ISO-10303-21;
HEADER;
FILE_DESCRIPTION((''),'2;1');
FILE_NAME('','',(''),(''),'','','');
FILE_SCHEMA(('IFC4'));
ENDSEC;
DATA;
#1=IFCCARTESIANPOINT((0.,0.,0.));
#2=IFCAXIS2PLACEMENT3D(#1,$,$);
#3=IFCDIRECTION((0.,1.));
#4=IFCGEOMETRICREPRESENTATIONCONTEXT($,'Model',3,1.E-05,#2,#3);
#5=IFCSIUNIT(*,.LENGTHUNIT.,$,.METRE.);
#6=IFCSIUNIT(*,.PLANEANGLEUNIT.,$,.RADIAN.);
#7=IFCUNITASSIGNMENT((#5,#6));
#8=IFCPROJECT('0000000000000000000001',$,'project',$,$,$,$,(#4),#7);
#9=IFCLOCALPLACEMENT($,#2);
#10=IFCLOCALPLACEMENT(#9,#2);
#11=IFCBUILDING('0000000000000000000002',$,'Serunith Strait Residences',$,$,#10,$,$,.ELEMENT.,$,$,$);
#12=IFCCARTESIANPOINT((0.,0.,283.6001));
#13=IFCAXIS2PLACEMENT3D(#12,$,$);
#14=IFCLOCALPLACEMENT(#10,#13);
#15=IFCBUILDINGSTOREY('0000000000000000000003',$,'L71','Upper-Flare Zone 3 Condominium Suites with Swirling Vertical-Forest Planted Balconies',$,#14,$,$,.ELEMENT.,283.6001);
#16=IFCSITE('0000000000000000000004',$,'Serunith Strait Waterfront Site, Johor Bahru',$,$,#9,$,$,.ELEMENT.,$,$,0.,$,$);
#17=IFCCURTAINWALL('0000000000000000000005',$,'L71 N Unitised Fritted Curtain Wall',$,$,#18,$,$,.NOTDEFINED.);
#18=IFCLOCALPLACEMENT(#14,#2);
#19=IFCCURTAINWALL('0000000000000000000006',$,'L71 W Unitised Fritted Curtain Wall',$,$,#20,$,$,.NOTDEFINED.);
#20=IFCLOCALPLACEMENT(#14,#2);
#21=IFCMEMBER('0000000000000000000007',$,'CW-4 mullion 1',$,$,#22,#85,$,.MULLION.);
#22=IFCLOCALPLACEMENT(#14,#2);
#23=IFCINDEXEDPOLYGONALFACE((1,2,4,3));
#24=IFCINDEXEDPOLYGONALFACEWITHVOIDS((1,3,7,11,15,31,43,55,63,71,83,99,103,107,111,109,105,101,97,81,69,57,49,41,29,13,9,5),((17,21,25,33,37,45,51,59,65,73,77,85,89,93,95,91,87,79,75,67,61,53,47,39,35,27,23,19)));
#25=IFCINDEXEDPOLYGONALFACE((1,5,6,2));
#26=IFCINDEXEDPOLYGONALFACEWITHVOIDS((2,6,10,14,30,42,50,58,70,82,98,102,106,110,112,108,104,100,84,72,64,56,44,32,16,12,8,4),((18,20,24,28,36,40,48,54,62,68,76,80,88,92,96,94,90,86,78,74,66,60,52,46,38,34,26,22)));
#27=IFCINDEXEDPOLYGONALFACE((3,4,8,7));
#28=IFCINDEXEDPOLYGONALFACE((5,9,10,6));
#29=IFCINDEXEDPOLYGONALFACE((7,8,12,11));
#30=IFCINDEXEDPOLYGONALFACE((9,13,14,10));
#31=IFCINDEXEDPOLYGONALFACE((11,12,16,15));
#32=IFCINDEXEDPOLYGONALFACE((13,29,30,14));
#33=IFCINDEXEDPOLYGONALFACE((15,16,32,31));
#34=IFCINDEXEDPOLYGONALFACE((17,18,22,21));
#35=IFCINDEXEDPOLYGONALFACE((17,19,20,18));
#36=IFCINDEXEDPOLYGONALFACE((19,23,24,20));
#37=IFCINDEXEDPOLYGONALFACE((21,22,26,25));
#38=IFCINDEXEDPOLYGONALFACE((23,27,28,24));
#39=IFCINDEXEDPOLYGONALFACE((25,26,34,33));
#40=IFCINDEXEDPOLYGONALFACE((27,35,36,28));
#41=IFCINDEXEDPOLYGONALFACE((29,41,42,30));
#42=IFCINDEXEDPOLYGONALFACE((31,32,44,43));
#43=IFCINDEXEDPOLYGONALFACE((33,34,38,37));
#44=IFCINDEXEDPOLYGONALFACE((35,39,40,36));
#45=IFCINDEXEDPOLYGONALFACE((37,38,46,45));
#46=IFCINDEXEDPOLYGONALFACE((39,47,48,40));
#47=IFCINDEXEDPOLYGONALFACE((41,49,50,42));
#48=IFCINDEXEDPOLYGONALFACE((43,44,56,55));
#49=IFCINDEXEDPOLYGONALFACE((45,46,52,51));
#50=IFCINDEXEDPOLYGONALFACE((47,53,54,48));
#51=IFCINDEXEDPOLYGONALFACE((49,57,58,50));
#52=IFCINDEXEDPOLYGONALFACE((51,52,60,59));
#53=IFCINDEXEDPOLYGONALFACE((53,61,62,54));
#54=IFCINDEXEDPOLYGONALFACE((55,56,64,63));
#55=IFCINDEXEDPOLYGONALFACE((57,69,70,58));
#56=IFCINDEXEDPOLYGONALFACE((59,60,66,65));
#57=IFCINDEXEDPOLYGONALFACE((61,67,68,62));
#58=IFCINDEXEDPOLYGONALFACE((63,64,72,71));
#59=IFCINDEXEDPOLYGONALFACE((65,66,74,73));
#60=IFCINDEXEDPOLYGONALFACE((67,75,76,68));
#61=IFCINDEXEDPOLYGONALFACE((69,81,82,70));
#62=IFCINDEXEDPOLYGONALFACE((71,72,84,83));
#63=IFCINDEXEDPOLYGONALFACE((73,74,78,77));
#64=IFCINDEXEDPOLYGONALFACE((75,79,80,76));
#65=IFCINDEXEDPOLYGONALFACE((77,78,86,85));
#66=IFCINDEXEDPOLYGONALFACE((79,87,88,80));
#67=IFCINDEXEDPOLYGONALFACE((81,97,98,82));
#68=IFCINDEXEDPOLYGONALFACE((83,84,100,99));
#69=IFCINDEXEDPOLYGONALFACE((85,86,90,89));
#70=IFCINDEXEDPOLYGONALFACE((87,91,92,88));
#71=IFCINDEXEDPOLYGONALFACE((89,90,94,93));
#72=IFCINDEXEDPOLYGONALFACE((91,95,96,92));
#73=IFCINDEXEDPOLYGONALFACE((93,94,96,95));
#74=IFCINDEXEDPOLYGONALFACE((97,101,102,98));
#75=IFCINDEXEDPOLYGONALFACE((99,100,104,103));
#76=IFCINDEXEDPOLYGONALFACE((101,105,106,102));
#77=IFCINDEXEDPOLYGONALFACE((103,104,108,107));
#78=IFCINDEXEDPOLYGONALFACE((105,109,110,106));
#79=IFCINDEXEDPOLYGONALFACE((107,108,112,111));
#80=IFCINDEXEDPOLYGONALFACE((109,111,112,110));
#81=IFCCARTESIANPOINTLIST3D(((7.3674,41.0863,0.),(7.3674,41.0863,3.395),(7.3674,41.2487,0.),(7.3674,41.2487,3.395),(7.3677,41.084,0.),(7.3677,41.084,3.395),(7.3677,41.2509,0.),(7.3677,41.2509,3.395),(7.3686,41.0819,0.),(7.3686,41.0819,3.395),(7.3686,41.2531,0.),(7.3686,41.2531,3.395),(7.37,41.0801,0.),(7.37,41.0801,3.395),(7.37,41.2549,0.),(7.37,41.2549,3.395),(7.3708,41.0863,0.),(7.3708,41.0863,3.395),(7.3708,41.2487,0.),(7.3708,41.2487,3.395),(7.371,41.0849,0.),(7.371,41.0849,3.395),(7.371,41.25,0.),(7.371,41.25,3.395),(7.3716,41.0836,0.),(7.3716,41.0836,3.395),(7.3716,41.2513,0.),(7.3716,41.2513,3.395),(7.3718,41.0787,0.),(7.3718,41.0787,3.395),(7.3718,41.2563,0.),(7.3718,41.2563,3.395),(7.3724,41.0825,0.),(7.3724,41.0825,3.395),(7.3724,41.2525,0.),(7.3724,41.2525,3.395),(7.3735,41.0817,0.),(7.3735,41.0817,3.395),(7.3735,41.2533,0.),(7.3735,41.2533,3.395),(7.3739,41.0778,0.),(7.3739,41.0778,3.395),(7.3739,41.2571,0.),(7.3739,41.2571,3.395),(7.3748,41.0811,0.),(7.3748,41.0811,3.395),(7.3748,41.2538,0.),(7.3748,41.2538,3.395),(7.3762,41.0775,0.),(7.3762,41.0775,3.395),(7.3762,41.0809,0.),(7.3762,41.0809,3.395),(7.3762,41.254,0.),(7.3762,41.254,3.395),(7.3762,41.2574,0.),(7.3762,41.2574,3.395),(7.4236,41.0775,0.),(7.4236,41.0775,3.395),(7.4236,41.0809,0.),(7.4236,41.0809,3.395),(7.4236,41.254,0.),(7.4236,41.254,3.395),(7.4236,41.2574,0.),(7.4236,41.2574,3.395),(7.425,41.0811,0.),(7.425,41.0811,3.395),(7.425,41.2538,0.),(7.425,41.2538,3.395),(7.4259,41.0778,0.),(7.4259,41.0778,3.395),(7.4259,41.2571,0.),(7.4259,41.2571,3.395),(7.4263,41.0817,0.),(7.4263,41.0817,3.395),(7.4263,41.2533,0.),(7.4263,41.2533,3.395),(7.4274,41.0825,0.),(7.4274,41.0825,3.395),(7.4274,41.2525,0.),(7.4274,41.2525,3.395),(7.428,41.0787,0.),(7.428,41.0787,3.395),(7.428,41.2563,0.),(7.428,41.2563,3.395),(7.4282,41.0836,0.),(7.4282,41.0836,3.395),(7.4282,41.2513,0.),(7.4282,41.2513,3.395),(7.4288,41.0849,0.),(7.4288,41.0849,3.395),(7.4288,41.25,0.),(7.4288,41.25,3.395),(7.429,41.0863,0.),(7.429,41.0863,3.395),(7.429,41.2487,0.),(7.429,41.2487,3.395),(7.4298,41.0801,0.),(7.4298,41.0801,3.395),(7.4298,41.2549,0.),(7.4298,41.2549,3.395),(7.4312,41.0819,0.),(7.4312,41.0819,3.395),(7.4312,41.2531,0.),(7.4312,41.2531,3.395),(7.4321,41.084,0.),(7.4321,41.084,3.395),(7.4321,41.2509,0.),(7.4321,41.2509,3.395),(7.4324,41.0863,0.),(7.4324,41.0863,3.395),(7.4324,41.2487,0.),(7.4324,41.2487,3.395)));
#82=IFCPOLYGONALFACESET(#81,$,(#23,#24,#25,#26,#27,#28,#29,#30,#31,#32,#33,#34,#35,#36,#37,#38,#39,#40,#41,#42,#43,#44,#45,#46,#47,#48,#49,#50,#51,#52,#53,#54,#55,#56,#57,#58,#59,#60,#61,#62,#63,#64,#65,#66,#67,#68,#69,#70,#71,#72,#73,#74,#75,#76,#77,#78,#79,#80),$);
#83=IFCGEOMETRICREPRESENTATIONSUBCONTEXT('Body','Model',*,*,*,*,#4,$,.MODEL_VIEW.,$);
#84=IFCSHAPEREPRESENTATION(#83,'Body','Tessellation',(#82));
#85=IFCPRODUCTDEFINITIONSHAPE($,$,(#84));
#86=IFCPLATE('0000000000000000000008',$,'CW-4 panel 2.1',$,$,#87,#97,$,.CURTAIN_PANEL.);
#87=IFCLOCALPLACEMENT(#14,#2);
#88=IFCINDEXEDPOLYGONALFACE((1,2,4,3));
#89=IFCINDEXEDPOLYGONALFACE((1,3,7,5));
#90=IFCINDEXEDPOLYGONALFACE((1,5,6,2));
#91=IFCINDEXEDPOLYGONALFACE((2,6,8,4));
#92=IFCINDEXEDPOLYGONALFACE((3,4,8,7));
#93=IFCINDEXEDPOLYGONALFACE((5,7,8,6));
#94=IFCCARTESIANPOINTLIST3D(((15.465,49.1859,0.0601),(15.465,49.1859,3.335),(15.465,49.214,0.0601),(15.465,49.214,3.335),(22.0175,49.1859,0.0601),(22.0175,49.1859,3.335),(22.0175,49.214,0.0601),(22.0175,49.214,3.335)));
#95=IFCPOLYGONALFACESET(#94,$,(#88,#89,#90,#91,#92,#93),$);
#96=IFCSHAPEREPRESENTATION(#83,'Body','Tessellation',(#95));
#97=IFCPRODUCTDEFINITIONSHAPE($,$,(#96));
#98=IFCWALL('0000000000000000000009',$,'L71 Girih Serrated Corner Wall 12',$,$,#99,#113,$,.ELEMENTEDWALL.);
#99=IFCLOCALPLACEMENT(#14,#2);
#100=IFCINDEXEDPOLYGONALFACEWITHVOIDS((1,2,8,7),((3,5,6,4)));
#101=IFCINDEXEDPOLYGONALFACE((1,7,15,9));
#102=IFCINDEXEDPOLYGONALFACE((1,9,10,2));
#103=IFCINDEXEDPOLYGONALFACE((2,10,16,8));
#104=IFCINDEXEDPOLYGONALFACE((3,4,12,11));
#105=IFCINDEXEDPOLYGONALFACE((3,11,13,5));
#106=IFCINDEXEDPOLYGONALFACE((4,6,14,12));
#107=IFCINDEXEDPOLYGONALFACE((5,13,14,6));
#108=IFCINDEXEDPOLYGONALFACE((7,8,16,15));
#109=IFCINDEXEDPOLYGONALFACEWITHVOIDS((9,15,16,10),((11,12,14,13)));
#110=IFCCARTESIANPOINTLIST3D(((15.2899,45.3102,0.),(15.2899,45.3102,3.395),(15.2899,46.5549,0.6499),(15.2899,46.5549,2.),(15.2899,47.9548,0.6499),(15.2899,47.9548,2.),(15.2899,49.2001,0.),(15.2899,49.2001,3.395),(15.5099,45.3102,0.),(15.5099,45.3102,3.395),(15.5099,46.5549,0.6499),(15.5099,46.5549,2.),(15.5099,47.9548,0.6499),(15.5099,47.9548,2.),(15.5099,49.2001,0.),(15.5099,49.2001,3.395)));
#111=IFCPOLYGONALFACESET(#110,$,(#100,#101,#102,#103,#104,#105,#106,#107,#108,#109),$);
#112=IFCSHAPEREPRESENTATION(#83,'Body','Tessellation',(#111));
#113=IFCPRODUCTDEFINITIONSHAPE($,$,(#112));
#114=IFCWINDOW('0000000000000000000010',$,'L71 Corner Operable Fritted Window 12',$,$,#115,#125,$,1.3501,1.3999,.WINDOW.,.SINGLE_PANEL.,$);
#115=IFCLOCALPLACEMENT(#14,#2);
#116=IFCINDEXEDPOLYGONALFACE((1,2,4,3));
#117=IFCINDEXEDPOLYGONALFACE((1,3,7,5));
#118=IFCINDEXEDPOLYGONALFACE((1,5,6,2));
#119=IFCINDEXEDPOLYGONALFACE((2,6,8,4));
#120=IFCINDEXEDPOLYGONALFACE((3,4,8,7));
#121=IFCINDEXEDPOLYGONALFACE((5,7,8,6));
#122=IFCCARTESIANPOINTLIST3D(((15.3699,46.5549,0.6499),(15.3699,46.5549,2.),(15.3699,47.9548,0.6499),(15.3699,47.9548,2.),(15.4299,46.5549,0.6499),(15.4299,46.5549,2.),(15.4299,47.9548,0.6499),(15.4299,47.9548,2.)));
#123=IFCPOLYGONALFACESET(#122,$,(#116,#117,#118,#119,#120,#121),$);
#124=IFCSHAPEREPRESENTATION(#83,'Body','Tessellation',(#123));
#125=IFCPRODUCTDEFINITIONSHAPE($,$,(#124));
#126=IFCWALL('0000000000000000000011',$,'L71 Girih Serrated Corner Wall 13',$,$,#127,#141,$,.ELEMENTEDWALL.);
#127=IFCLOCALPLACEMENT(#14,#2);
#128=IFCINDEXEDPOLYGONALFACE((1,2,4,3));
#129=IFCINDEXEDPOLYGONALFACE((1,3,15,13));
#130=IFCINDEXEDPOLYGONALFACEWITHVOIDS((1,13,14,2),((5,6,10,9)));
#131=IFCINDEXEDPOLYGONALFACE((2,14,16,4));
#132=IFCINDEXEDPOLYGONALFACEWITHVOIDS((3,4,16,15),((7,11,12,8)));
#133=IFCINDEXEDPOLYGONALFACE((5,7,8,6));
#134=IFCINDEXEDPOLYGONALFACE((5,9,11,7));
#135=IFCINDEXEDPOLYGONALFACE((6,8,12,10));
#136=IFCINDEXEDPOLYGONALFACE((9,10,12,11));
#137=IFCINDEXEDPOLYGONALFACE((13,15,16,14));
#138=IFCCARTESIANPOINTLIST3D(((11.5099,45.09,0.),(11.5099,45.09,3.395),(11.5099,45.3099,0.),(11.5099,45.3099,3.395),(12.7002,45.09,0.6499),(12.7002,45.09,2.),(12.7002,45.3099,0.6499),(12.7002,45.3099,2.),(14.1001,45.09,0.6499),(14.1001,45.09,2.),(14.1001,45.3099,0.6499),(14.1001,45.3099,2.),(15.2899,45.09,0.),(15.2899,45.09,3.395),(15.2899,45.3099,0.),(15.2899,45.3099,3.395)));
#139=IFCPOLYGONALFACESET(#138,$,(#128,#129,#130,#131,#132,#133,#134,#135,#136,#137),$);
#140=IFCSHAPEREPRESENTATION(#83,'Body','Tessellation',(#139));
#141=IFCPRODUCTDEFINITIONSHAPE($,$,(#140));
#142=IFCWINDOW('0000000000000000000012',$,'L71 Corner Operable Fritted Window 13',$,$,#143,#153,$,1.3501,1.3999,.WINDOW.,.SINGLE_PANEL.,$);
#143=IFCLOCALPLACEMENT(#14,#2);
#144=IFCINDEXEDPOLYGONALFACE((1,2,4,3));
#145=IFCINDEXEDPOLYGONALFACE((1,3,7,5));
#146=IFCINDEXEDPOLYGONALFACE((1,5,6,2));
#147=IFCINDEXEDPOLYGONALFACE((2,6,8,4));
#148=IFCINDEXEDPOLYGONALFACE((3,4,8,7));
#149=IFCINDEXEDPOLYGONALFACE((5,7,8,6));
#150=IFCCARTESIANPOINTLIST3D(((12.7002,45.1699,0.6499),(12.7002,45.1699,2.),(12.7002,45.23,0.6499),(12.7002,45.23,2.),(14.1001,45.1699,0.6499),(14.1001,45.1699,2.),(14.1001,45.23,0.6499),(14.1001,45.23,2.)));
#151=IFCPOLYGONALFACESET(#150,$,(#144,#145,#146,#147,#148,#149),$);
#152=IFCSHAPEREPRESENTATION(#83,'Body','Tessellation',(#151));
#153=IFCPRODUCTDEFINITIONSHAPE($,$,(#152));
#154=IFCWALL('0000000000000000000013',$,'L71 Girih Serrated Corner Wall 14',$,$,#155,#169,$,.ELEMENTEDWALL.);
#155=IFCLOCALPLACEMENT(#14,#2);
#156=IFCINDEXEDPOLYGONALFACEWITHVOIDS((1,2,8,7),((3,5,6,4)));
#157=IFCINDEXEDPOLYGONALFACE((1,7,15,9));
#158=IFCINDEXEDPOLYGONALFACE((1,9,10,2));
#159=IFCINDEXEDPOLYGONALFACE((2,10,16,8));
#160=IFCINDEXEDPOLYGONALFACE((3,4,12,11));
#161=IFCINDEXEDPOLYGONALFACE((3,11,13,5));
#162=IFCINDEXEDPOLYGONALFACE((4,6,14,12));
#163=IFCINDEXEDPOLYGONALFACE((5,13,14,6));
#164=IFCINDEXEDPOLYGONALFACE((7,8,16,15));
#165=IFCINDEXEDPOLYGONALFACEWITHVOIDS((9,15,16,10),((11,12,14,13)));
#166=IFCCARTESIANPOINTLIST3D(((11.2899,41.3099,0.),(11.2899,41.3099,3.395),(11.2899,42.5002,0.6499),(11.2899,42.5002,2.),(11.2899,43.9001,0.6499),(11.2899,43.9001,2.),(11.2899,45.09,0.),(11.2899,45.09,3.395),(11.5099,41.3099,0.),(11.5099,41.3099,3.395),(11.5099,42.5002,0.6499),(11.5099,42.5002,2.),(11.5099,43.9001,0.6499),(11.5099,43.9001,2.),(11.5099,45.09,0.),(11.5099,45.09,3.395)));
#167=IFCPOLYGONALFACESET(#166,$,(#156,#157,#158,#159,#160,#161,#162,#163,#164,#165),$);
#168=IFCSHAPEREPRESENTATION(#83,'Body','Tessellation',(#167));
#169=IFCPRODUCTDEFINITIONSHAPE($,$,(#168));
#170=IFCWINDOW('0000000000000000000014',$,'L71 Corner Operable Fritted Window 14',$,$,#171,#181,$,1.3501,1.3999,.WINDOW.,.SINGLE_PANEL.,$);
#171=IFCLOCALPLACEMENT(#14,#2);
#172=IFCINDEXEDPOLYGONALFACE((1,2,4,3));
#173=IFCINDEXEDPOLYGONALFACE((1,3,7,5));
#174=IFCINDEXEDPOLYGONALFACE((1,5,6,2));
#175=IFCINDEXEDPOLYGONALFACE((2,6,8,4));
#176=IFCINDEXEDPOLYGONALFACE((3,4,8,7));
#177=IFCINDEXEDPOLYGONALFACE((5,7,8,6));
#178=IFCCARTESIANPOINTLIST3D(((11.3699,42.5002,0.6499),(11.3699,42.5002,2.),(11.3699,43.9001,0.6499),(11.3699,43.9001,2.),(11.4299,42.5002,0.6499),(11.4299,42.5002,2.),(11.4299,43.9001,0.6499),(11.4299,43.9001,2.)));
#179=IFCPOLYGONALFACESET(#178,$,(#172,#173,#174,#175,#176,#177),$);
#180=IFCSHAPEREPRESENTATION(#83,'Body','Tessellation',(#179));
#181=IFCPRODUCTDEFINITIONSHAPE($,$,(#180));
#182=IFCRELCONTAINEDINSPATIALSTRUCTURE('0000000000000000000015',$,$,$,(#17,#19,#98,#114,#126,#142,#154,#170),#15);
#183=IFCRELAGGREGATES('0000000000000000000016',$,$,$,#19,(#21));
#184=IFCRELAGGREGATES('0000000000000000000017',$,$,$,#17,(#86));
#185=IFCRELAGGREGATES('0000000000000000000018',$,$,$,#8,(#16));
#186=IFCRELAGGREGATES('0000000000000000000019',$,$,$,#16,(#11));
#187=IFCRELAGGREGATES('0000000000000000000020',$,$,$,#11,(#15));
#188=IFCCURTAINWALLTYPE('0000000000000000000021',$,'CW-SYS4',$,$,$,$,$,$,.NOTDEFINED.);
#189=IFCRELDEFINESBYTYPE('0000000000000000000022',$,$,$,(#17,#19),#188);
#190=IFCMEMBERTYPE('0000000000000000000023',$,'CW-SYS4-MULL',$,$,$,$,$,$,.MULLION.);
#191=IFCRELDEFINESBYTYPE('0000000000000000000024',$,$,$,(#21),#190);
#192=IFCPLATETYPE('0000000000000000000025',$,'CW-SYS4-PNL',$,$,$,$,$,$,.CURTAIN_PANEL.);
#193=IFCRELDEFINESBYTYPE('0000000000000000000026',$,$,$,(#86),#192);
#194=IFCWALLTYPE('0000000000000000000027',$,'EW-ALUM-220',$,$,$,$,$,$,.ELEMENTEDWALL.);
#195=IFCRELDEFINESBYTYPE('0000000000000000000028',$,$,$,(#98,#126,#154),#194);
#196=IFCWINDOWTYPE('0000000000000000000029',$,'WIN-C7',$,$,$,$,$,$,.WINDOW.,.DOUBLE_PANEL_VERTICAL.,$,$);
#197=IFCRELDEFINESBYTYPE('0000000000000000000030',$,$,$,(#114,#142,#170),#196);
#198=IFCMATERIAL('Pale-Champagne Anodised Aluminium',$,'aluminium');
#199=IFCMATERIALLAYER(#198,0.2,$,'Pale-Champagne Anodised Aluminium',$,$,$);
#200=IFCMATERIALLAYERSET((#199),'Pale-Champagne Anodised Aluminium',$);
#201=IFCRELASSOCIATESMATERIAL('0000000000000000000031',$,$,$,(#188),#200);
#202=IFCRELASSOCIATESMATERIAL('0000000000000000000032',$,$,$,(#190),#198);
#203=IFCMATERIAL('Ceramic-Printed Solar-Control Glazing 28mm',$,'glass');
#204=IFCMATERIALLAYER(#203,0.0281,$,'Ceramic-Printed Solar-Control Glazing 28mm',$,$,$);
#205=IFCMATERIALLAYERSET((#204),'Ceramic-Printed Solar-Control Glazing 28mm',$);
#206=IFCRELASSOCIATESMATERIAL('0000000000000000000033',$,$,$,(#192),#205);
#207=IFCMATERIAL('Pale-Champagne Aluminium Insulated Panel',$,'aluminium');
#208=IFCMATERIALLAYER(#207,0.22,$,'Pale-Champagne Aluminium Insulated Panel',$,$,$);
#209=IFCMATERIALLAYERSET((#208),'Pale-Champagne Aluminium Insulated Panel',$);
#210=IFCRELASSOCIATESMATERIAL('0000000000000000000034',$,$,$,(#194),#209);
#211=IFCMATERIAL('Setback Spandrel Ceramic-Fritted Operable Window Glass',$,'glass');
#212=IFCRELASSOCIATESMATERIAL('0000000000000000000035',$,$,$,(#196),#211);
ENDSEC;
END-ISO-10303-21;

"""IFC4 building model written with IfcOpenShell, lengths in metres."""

from ifc_helpers import new_model, si_unit, direction, frame, frame_2d, origin, origin_2d, place, context, subcontext, project, spatial, rectangle, hollow_rectangle, extrude, source, transform, mapped, material, layer, layer_set, material_profile, profile_set, type_object, element, fill, aggregate, save


model = new_model("IFC4")

# Units and contexts
model_context = context("Model", 3, precision=1e-05, world=origin(), true_north=direction((0.0, 1.0)))
body_context = subcontext(model_context, "Body", "Model", "MODEL_VIEW")
ifc_project = project(units=[si_unit("LENGTHUNIT", "METRE"), si_unit("PLANEANGLEUNIT", "RADIAN")], contexts=[model_context])

# Site, building, storey
site_placement = place(None, origin())
site = spatial("IfcSite", under=ifc_project, at=site_placement, Name="Serunith Strait Waterfront Site, Johor Bahru", CompositionType="ELEMENT", RefElevation=0.0)
building_placement = place(site_placement, origin())
building = spatial("IfcBuilding", under=site, at=building_placement, Name="Serunith Strait Residences", CompositionType="ELEMENT")
storey_placement = place(building_placement, frame((0.0, 0.0, 283.6001)))
storey = spatial("IfcBuildingStorey", under=building, at=storey_placement, Name="L71", Description="Upper-Flare Zone 3 Condominium Suites with Swirling Vertical-Forest Planted Balconies", CompositionType="ELEMENT", Elevation=283.6001)

# Curtain walls
ifc_material_1 = material(Name="Pale-Champagne Anodised Aluminium", Category="aluminium")
ifc_layer_1 = layer(ifc_material_1, 0.2, Name="Pale-Champagne Anodised Aluminium")
ifc_layer_set_1 = layer_set([ifc_layer_1], Name="Pale-Champagne Anodised Aluminium")
curtain_wall_type = type_object("IfcCurtainWallType", Name="CW-SYS4", PredefinedType="NOTDEFINED", material=ifc_layer_set_1)
curtain_wall_1_placement = place(storey_placement, origin())
curtain_wall_1 = element("IfcCurtainWall", 1, at=curtain_wall_1_placement, inside=storey, type_object=curtain_wall_type, Name="L71 N Unitised Fritted Curtain Wall", PredefinedType="NOTDEFINED")
curtain_wall_2_placement = place(storey_placement, origin())
curtain_wall_2 = element("IfcCurtainWall", 2, at=curtain_wall_2_placement, inside=storey, type_object=curtain_wall_type, Name="L71 W Unitised Fritted Curtain Wall", PredefinedType="NOTDEFINED")

# Member
ifc_material_profile_1 = material_profile(ifc_material_1, hollow_rectangle(XDim=0.0649, YDim=0.1799, WallThickness=0.0034, InnerFilletRadius=0.0054, OuterFilletRadius=0.0088, at=origin_2d()), Name="ALU 180x65x3.5")
ifc_profile_set_1 = profile_set([ifc_material_profile_1], Name="Pale-Champagne Anodised Aluminium")
member_type_1 = type_object("IfcMemberType", Name="CW-SYS4-MULL", PredefinedType="MULLION", material=ifc_profile_set_1)
shared_shape_1 = source(origin(), body_context, "Body", "SweptSolid", [
    extrude(hollow_rectangle(XDim=0.0649, YDim=0.1799, WallThickness=0.0034, InnerFilletRadius=0.0054, OuterFilletRadius=0.0088, at=origin_2d()), origin(), (0.0, 0.0, 1.0), 3.395),
])
member_1_placement = place(storey_placement, frame((7.3999, 41.1675, 0.0), z_axis=(0.0, 0.0, 1.0), x_axis=(1.0, 0.0, 0.0)))
member_1 = element("IfcMember", 3, at=member_1_placement, type_object=member_type_1, Name="CW-4 mullion 1", PredefinedType="MULLION", context=body_context, shape_type="MappedRepresentation", body=[
    mapped(shared_shape_1, transform((0.0, 0.0, 0.0), scale=1.0)),
])
aggregate(curtain_wall_2, [member_1])

# Plate
ifc_material_2 = material(Name="Ceramic-Printed Solar-Control Glazing 28mm", Category="glass")
ifc_layer_2 = layer(ifc_material_2, 0.0281, Name="Ceramic-Printed Solar-Control Glazing 28mm")
ifc_layer_set_2 = layer_set([ifc_layer_2], Name="Ceramic-Printed Solar-Control Glazing 28mm")
plate_type = type_object("IfcPlateType", Name="CW-SYS4-PNL", PredefinedType="CURTAIN_PANEL", material=ifc_layer_set_2)
shared_shape_2 = source(origin(), body_context, "Body", "SweptSolid", [
    extrude(rectangle(XDim=6.5525, YDim=0.0281, at=origin_2d()), origin(), (0.0, 0.0, 1.0), 3.2749),
])
plate_placement = place(storey_placement, frame((18.7412, 49.2, 0.0601), z_axis=(0.0, 0.0, 1.0), x_axis=(-1.0, 0.0, 0.0)))
plate = element("IfcPlate", 4, at=plate_placement, type_object=plate_type, Name="CW-4 panel 2.1", PredefinedType="CURTAIN_PANEL", context=body_context, shape_type="MappedRepresentation", body=[
    mapped(shared_shape_2, transform((0.0, 0.0, 0.0), scale=1.0)),
])
aggregate(curtain_wall_1, [plate])

# Walls, openings, windows
ifc_material_3 = material(Name="Pale-Champagne Aluminium Insulated Panel", Category="aluminium")
ifc_layer_3 = layer(ifc_material_3, 0.22, Name="Pale-Champagne Aluminium Insulated Panel")
ifc_layer_set_3 = layer_set([ifc_layer_3], Name="Pale-Champagne Aluminium Insulated Panel")
wall_type = type_object("IfcWallType", Name="EW-ALUM-220", PredefinedType="ELEMENTEDWALL", material=ifc_layer_set_3)
wall_1_placement = place(storey_placement, frame((15.3999, 49.2, 0.0), z_axis=(0.0, 0.0, 1.0), x_axis=(0.0, -1.0, 0.0)))
wall_1 = element("IfcWall", 5, at=wall_1_placement, inside=storey, type_object=wall_type, Name="L71 Girih Serrated Corner Wall 12", PredefinedType="ELEMENTEDWALL", context=body_context, shape_type="SweptSolid", body=[
    extrude(rectangle(XDim=3.8899, YDim=0.22, at=frame_2d((1.9448, 0.0))), origin(), (0.0, 0.0, 1.0), 3.395),
])
opening_1_placement = place(wall_1_placement, frame((1.2451, 0.0, 0.6499)))
opening_1 = element("IfcOpeningElement", 6, at=opening_1_placement, cuts=wall_1, PredefinedType="OPENING", context=body_context, shape_type="SweptSolid", body=[
    extrude(rectangle(XDim=1.3999, YDim=1.3501, at=frame_2d((0.7, 0.675))), frame((0.0, 0.1201, 0.0), z_axis=(0.0, -1.0, 0.0), x_axis=(1.0, 0.0, 0.0)), (0.0, 0.0, 1.0), 0.24),
])
ifc_material_4 = material(Name="Setback Spandrel Ceramic-Fritted Operable Window Glass", Category="glass")
window_type = type_object("IfcWindowType", Name="WIN-C7", PartitioningType="DOUBLE_PANEL_VERTICAL", PredefinedType="WINDOW", material=ifc_material_4)
shared_shape_3 = source(origin(), body_context, "Body", "SweptSolid", [
    extrude(rectangle(XDim=1.3999, YDim=1.3501, at=frame_2d((0.7, 0.675))), frame((0.0, 0.03, 0.0), z_axis=(0.0, -1.0, 0.0), x_axis=(1.0, 0.0, 0.0)), (0.0, 0.0, 1.0), 0.0601),
])
window_1_placement = place(opening_1_placement, origin())
window_1 = element("IfcWindow", 7, at=window_1_placement, inside=storey, type_object=window_type, Name="L71 Corner Operable Fritted Window 12", OverallHeight=1.3501, OverallWidth=1.3999, PartitioningType="SINGLE_PANEL", PredefinedType="WINDOW", context=body_context, shape_type="MappedRepresentation", body=[
    mapped(shared_shape_3, transform((0.0, 0.0, 0.0), scale=1.0)),
])
fill(opening_1, window_1)
wall_2_placement = place(storey_placement, frame((15.29, 45.2, 0.0), z_axis=(0.0, 0.0, 1.0), x_axis=(-1.0, 0.0, 0.0)))
wall_2 = element("IfcWall", 8, at=wall_2_placement, inside=storey, type_object=wall_type, Name="L71 Girih Serrated Corner Wall 13", PredefinedType="ELEMENTEDWALL", context=body_context, shape_type="SweptSolid", body=[
    extrude(rectangle(XDim=3.78, YDim=0.22, at=frame_2d((1.8901, 0.0))), origin(), (0.0, 0.0, 1.0), 3.395),
])
opening_2_placement = place(wall_2_placement, frame((1.1899, 0.0, 0.6499)))
opening_2 = element("IfcOpeningElement", 9, at=opening_2_placement, cuts=wall_2, PredefinedType="OPENING", context=body_context, shape_type="SweptSolid", body=[
    extrude(rectangle(XDim=1.3999, YDim=1.3501, at=frame_2d((0.7, 0.675))), frame((0.0, 0.1201, 0.0), z_axis=(0.0, -1.0, 0.0), x_axis=(1.0, 0.0, 0.0)), (0.0, 0.0, 1.0), 0.24),
])
window_2_placement = place(opening_2_placement, origin())
window_2 = element("IfcWindow", 10, at=window_2_placement, inside=storey, type_object=window_type, Name="L71 Corner Operable Fritted Window 13", OverallHeight=1.3501, OverallWidth=1.3999, PartitioningType="SINGLE_PANEL", PredefinedType="WINDOW", context=body_context, shape_type="MappedRepresentation", body=[
    mapped(shared_shape_3, transform((0.0, 0.0, 0.0), scale=1.0)),
])
fill(opening_2, window_2)
wall_3_placement = place(storey_placement, frame((11.3999, 45.0901, 0.0), z_axis=(0.0, 0.0, 1.0), x_axis=(0.0, -1.0, 0.0)))
wall_3 = element("IfcWall", 11, at=wall_3_placement, inside=storey, type_object=wall_type, Name="L71 Girih Serrated Corner Wall 14", PredefinedType="ELEMENTEDWALL", context=body_context, shape_type="SweptSolid", body=[
    extrude(rectangle(XDim=3.78, YDim=0.22, at=frame_2d((1.8901, 0.0))), origin(), (0.0, 0.0, 1.0), 3.395),
])
opening_3_placement = place(wall_3_placement, frame((1.1899, 0.0, 0.6499)))
opening_3 = element("IfcOpeningElement", 12, at=opening_3_placement, cuts=wall_3, PredefinedType="OPENING", context=body_context, shape_type="SweptSolid", body=[
    extrude(rectangle(XDim=1.3999, YDim=1.3501, at=frame_2d((0.7, 0.675))), frame((0.0, 0.1201, 0.0), z_axis=(0.0, -1.0, 0.0), x_axis=(1.0, 0.0, 0.0)), (0.0, 0.0, 1.0), 0.24),
])
window_3_placement = place(opening_3_placement, origin())
window_3 = element("IfcWindow", 13, at=window_3_placement, inside=storey, type_object=window_type, Name="L71 Corner Operable Fritted Window 14", OverallHeight=1.3501, OverallWidth=1.3999, PartitioningType="SINGLE_PANEL", PredefinedType="WINDOW", context=body_context, shape_type="MappedRepresentation", body=[
    mapped(shared_shape_3, transform((0.0, 0.0, 0.0), scale=1.0)),
])
fill(opening_3, window_3)

save(model, "model.ifc")
